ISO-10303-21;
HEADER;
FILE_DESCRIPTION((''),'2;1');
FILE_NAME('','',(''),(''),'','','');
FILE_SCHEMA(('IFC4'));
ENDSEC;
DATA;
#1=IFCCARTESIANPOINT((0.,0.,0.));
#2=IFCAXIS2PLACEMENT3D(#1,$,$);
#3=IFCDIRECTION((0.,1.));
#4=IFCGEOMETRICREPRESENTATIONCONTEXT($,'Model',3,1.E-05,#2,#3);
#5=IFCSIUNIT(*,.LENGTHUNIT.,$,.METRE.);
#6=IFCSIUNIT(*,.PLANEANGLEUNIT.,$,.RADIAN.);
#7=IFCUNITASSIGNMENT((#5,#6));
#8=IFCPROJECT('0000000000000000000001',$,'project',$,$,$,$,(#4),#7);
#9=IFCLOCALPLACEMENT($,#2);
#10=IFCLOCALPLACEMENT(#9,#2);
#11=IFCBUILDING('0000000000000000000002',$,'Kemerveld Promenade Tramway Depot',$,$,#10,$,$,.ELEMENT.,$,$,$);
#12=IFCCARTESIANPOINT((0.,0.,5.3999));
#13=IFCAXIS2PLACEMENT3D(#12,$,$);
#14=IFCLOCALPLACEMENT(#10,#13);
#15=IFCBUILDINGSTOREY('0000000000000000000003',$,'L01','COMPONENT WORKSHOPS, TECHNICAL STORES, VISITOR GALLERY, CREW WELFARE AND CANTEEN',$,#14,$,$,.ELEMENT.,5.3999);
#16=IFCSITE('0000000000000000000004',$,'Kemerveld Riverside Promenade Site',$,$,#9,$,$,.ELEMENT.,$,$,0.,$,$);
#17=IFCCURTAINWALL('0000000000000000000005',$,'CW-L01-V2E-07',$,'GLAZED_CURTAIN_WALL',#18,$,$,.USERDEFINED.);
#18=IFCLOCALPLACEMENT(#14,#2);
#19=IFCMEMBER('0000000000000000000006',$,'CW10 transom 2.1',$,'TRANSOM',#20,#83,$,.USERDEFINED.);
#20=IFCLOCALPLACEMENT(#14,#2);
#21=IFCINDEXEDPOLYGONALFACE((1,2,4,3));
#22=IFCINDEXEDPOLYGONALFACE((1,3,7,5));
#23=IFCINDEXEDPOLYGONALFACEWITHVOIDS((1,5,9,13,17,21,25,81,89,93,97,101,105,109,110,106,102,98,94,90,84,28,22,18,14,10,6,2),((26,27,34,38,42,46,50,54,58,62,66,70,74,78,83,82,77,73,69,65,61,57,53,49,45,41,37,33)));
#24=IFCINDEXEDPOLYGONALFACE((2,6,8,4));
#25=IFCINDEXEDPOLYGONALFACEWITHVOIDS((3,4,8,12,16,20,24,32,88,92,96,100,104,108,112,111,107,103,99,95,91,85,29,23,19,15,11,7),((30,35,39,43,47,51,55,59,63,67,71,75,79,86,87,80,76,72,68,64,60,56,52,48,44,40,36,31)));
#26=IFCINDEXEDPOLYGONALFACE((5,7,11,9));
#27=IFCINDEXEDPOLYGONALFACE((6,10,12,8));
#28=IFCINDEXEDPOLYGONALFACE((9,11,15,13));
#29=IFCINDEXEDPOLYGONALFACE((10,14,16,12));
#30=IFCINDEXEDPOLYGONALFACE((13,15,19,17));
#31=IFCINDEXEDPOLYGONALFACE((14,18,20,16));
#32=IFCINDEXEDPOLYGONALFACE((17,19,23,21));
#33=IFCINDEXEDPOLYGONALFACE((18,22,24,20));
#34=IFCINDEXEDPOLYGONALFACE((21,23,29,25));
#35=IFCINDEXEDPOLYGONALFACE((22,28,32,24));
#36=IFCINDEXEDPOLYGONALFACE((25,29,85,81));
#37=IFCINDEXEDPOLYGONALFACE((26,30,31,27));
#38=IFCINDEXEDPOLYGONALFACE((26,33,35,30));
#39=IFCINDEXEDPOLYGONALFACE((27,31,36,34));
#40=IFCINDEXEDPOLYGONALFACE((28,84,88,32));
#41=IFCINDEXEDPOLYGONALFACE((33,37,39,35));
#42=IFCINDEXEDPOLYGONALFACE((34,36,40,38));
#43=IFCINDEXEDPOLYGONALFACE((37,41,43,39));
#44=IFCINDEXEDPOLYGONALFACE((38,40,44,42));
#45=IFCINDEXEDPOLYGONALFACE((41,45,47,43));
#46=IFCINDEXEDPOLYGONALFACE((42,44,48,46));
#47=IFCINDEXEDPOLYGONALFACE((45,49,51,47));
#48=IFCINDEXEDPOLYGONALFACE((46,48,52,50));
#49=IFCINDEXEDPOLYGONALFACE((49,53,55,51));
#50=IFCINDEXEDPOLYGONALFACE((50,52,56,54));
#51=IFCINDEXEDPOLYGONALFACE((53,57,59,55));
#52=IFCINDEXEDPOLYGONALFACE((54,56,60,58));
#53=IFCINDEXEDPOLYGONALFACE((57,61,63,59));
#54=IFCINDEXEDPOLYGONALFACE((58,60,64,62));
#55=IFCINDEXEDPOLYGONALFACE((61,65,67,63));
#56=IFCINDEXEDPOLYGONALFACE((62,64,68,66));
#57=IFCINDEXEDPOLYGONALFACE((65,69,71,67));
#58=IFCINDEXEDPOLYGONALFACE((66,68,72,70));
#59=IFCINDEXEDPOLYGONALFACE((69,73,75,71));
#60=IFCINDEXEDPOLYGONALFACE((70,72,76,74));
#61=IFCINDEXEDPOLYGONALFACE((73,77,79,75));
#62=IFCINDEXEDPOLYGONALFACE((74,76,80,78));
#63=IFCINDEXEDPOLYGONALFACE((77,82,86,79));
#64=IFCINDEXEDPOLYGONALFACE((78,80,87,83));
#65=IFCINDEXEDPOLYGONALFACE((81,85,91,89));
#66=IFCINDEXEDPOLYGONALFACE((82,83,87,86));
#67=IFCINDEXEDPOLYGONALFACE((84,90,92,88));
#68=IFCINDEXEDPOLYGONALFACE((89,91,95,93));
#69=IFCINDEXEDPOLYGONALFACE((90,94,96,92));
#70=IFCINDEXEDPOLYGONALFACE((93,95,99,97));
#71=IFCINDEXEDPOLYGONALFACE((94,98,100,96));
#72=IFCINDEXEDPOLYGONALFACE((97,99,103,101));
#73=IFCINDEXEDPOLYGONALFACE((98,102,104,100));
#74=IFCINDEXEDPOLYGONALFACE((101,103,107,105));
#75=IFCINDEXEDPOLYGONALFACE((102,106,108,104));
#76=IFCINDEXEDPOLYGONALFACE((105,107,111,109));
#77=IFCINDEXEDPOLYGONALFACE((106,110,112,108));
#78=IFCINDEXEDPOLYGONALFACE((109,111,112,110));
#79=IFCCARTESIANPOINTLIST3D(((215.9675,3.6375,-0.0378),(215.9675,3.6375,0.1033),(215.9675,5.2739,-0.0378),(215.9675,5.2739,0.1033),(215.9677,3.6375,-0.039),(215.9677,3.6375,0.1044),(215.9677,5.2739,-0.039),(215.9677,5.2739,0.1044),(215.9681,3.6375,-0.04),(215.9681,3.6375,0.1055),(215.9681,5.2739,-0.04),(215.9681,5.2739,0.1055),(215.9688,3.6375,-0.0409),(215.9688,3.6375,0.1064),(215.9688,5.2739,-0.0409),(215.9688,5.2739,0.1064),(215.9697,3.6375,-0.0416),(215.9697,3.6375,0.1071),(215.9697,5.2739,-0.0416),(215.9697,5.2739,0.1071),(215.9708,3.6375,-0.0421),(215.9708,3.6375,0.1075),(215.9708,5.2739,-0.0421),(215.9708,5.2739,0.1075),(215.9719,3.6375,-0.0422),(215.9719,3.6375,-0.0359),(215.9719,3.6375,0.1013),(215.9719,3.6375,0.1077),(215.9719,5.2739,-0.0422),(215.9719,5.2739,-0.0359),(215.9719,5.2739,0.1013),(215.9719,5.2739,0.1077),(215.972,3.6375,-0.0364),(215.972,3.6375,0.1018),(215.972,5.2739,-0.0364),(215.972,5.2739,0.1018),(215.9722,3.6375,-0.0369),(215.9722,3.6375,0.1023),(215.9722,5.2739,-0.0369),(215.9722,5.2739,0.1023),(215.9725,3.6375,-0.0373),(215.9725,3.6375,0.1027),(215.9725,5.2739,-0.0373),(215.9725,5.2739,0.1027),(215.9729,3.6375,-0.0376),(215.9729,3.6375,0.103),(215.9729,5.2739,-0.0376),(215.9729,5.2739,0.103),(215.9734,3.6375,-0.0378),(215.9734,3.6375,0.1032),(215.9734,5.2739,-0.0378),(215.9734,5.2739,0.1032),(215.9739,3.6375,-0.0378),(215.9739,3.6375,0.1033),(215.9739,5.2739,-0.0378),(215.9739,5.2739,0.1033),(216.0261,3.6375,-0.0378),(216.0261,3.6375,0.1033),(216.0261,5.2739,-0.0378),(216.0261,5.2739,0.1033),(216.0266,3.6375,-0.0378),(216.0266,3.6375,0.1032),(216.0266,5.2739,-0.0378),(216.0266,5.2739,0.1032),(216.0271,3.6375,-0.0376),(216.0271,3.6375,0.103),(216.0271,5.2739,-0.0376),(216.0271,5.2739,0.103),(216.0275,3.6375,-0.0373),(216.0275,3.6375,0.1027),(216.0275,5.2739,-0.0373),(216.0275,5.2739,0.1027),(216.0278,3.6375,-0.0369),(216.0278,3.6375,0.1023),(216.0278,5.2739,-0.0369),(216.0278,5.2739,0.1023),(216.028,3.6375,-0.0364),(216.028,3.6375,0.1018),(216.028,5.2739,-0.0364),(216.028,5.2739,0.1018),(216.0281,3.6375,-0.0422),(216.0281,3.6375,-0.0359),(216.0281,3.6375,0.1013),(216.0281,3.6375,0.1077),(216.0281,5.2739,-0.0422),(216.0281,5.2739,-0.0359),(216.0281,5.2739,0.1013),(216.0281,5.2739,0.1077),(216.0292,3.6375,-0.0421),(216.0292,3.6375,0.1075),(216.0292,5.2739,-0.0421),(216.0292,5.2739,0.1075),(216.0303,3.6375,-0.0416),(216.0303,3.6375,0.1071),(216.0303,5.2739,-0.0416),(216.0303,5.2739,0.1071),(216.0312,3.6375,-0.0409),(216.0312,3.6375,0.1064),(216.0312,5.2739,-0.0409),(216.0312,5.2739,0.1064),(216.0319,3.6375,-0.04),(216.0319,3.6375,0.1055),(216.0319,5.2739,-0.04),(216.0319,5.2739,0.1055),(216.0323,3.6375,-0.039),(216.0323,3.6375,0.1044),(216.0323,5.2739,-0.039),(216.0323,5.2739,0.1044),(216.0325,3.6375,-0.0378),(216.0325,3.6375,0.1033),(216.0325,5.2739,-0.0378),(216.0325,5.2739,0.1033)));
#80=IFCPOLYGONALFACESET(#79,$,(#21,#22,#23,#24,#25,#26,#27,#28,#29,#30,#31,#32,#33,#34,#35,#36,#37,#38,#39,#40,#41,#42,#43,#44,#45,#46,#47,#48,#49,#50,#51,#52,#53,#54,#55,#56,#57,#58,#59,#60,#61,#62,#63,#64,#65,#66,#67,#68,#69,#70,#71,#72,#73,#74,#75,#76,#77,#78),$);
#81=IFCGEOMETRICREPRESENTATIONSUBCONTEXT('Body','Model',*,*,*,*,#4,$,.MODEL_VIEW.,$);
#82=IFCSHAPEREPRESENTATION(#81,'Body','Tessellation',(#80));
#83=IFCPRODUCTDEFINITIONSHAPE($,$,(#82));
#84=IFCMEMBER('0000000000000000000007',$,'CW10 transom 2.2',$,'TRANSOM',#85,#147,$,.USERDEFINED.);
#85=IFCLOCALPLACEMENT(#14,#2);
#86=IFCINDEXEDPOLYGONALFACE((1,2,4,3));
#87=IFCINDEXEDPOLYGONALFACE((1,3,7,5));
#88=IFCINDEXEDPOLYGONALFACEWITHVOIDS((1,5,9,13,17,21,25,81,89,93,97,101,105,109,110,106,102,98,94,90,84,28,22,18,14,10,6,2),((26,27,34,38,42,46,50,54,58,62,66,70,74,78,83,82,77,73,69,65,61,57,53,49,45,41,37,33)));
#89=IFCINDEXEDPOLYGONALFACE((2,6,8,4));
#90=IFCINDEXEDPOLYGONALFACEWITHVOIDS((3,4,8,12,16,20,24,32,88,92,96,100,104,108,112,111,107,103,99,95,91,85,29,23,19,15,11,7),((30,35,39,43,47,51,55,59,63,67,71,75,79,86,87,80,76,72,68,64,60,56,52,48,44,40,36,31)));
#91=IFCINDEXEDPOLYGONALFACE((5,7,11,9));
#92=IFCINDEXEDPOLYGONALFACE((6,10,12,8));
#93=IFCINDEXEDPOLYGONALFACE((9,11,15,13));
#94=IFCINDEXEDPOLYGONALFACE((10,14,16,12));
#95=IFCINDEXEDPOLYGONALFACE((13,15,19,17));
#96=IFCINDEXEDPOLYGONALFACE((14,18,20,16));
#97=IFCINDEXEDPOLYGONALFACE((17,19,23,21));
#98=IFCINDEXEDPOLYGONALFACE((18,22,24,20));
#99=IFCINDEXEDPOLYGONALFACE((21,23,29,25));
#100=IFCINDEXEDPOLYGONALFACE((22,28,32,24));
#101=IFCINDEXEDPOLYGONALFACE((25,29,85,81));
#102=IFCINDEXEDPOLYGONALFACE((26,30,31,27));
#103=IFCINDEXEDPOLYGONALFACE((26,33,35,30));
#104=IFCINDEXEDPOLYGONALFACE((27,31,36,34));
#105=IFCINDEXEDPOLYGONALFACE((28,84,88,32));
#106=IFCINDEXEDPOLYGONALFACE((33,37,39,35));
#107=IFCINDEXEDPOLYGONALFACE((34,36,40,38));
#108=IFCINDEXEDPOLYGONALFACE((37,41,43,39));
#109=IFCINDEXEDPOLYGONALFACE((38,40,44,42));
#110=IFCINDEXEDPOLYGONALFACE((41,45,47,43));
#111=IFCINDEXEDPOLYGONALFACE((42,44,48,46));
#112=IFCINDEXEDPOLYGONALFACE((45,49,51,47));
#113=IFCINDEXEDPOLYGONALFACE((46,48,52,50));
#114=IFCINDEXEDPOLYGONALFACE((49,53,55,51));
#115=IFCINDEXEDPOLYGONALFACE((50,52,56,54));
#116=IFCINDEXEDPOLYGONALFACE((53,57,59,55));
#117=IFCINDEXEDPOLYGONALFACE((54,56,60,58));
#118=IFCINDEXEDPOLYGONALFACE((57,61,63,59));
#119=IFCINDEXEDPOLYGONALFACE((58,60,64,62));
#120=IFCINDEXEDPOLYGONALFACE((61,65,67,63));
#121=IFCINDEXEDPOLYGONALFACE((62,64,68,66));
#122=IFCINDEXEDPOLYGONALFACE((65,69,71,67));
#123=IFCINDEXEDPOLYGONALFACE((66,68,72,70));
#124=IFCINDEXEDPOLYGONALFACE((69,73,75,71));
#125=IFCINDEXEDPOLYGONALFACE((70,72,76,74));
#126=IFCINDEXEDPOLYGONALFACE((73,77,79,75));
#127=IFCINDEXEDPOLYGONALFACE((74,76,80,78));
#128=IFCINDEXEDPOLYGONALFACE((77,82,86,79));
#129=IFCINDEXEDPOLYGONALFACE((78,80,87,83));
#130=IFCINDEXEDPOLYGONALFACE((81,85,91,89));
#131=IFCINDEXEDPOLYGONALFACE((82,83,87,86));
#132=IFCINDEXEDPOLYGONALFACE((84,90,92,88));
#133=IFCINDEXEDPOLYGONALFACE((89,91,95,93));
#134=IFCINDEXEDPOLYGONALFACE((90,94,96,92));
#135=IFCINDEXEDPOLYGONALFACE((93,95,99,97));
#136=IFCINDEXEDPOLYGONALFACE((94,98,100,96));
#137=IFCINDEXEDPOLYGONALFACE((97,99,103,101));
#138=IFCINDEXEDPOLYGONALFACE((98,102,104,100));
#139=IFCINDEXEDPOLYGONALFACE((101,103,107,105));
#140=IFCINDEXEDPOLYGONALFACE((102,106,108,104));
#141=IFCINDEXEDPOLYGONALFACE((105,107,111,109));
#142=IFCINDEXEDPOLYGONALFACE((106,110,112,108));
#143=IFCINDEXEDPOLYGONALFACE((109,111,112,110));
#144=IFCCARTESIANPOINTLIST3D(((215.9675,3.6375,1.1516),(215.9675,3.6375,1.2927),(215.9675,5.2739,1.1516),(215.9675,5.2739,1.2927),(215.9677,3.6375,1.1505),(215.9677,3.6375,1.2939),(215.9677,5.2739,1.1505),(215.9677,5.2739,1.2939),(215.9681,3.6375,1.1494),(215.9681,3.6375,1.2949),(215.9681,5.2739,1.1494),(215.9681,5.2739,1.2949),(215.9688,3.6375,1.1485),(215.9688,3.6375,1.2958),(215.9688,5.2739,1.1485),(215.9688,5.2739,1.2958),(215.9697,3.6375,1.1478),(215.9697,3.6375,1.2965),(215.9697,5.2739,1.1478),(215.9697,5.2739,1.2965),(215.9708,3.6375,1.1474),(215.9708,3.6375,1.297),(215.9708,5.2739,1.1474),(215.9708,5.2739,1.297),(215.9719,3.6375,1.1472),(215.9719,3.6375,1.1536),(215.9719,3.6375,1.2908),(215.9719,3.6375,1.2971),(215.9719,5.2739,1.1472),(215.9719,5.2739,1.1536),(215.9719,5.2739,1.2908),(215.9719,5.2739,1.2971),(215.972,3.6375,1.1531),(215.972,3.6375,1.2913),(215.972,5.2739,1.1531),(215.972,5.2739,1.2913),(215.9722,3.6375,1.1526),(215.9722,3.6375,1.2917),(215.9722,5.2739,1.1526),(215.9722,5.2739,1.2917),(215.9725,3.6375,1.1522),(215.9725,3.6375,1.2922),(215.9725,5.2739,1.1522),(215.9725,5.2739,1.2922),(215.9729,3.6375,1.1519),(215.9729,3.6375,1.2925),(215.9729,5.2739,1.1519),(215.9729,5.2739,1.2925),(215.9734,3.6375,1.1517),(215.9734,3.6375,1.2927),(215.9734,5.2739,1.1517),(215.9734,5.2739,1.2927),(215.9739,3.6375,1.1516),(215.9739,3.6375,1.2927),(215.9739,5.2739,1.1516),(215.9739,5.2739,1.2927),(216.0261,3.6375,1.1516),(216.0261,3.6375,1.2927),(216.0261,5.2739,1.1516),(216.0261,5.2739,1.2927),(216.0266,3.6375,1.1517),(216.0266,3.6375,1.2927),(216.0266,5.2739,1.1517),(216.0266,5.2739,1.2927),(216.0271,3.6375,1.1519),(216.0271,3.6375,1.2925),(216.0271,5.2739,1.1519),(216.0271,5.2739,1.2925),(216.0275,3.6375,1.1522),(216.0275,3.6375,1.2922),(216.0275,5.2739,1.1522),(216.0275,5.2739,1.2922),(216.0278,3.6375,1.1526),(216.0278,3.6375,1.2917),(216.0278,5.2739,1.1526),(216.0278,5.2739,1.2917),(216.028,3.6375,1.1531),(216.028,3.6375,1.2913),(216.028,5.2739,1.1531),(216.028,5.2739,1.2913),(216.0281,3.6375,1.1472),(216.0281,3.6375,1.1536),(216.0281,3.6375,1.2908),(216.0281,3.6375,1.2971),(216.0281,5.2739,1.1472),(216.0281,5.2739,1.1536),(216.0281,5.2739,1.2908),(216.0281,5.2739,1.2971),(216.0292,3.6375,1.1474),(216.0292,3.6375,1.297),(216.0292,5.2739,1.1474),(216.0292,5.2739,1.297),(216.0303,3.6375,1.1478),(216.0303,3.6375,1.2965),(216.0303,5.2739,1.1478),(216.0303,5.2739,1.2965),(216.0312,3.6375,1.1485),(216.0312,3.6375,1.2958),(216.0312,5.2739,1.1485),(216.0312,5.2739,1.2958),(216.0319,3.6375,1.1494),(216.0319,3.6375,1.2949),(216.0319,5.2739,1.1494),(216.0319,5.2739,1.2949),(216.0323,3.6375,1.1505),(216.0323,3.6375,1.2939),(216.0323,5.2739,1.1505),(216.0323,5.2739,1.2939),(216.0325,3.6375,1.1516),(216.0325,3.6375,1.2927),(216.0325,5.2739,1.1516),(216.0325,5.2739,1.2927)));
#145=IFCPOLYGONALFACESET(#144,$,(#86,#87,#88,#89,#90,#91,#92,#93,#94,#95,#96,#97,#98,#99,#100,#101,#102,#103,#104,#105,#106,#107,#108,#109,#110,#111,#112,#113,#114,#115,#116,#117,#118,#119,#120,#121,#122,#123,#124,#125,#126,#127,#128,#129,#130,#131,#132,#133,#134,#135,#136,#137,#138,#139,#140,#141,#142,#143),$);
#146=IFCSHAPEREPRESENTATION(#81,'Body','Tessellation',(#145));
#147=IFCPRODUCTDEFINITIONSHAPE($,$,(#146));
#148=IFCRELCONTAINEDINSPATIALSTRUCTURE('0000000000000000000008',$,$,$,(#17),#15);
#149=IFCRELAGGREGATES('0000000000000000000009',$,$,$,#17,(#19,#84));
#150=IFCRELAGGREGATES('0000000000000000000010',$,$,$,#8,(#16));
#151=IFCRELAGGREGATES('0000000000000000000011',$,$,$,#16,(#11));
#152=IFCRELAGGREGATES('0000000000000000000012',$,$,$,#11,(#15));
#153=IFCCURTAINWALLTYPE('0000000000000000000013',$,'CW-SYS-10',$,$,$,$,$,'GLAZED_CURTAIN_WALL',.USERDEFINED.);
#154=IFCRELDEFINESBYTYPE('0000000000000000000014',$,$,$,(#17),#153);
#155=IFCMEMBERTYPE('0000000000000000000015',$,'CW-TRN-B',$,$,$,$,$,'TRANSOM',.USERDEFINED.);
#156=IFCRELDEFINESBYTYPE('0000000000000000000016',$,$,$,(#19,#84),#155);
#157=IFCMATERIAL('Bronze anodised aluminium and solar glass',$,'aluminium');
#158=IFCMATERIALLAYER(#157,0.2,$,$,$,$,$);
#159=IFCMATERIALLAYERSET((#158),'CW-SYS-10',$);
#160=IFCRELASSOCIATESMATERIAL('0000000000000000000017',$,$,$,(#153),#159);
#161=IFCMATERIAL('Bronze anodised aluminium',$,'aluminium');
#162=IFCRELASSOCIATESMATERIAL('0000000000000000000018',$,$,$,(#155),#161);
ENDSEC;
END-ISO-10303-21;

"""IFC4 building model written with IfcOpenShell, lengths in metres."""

from ifc_helpers import new_model, si_unit, direction, frame, origin, origin_2d, place, context, subcontext, project, spatial, hollow_rectangle, extrude, material, layer, layer_set, material_profile, profile_set, type_object, element, aggregate, save


model = new_model("IFC4")

# Units and contexts
model_context = context("Model", 3, precision=1e-05, world=origin(), true_north=direction((0.0, 1.0)))
body_context = subcontext(model_context, "Body", "Model", "MODEL_VIEW")
ifc_project = project(units=[si_unit("LENGTHUNIT", "METRE"), si_unit("PLANEANGLEUNIT", "RADIAN")], contexts=[model_context])

# Site, building, storey
site_placement = place(None, origin())
site = spatial("IfcSite", under=ifc_project, at=site_placement, Name="Kemerveld Riverside Promenade Site", CompositionType="ELEMENT", RefElevation=0.0)
building_placement = place(site_placement, origin())
building = spatial("IfcBuilding", under=site, at=building_placement, Name="Kemerveld Promenade Tramway Depot", CompositionType="ELEMENT")
storey_placement = place(building_placement, frame((0.0, 0.0, 5.3999)))
storey = spatial("IfcBuildingStorey", under=building, at=storey_placement, Name="L01", Description="COMPONENT WORKSHOPS, TECHNICAL STORES, VISITOR GALLERY, CREW WELFARE AND CANTEEN", CompositionType="ELEMENT", Elevation=5.3999)

# Curtain wall, members
ifc_material_1 = material(Name="Bronze anodised aluminium and solar glass", Category="aluminium")
ifc_layer_1 = layer(ifc_material_1, 0.2)
ifc_layer_set_1 = layer_set([ifc_layer_1], Name="CW-SYS-10")
curtain_wall_type = type_object("IfcCurtainWallType", Name="CW-SYS-10", ElementType="GLAZED_CURTAIN_WALL", PredefinedType="USERDEFINED", material=ifc_layer_set_1)
curtain_wall_placement = place(storey_placement, origin())
curtain_wall = element("IfcCurtainWall", 1, at=curtain_wall_placement, inside=storey, type_object=curtain_wall_type, Name="CW-L01-V2E-07", ObjectType="GLAZED_CURTAIN_WALL", PredefinedType="USERDEFINED")
ifc_material_2 = material(Name="Bronze anodised aluminium", Category="aluminium")
ifc_material_profile_1 = material_profile(ifc_material_2, hollow_rectangle(XDim=0.0649, YDim=0.1499, WallThickness=0.0044, InnerFilletRadius=0.002, OuterFilletRadius=0.0044, at=origin_2d()), Name="CW-TRN-150x65")
ifc_profile_set_1 = profile_set([ifc_material_profile_1], Name="Bronze anodised aluminium")
member_type_1 = type_object("IfcMemberType", Name="CW-TRN-B", ElementType="TRANSOM", PredefinedType="USERDEFINED", material=ifc_profile_set_1)
member_1_placement = place(storey_placement, frame((216.0, 5.2739, 0.0327), z_axis=(0.0, -1.0, 0.0), x_axis=(1.0, 0.0, 0.0)))
member_1 = element("IfcMember", 2, at=member_1_placement, type_object=member_type_1, Name="CW10 transom 2.1", ObjectType="TRANSOM", PredefinedType="USERDEFINED", context=body_context, shape_type="SweptSolid", body=[
    extrude(hollow_rectangle(XDim=0.0649, YDim=0.1499, WallThickness=0.0044, InnerFilletRadius=0.002, OuterFilletRadius=0.0044, at=origin_2d()), origin(), (0.0, 0.0, 1.0), 1.6365),
])
member_2_placement = place(storey_placement, frame((216.0, 5.2739, 1.2222), z_axis=(0.0, -1.0, 0.0), x_axis=(1.0, 0.0, 0.0)))
member_2 = element("IfcMember", 3, at=member_2_placement, type_object=member_type_1, Name="CW10 transom 2.2", ObjectType="TRANSOM", PredefinedType="USERDEFINED", context=body_context, shape_type="SweptSolid", body=[
    extrude(hollow_rectangle(XDim=0.0649, YDim=0.1499, WallThickness=0.0044, InnerFilletRadius=0.002, OuterFilletRadius=0.0044, at=origin_2d()), origin(), (0.0, 0.0, 1.0), 1.6365),
])
aggregate(curtain_wall, [member_1, member_2])

save(model, "model.ifc")
